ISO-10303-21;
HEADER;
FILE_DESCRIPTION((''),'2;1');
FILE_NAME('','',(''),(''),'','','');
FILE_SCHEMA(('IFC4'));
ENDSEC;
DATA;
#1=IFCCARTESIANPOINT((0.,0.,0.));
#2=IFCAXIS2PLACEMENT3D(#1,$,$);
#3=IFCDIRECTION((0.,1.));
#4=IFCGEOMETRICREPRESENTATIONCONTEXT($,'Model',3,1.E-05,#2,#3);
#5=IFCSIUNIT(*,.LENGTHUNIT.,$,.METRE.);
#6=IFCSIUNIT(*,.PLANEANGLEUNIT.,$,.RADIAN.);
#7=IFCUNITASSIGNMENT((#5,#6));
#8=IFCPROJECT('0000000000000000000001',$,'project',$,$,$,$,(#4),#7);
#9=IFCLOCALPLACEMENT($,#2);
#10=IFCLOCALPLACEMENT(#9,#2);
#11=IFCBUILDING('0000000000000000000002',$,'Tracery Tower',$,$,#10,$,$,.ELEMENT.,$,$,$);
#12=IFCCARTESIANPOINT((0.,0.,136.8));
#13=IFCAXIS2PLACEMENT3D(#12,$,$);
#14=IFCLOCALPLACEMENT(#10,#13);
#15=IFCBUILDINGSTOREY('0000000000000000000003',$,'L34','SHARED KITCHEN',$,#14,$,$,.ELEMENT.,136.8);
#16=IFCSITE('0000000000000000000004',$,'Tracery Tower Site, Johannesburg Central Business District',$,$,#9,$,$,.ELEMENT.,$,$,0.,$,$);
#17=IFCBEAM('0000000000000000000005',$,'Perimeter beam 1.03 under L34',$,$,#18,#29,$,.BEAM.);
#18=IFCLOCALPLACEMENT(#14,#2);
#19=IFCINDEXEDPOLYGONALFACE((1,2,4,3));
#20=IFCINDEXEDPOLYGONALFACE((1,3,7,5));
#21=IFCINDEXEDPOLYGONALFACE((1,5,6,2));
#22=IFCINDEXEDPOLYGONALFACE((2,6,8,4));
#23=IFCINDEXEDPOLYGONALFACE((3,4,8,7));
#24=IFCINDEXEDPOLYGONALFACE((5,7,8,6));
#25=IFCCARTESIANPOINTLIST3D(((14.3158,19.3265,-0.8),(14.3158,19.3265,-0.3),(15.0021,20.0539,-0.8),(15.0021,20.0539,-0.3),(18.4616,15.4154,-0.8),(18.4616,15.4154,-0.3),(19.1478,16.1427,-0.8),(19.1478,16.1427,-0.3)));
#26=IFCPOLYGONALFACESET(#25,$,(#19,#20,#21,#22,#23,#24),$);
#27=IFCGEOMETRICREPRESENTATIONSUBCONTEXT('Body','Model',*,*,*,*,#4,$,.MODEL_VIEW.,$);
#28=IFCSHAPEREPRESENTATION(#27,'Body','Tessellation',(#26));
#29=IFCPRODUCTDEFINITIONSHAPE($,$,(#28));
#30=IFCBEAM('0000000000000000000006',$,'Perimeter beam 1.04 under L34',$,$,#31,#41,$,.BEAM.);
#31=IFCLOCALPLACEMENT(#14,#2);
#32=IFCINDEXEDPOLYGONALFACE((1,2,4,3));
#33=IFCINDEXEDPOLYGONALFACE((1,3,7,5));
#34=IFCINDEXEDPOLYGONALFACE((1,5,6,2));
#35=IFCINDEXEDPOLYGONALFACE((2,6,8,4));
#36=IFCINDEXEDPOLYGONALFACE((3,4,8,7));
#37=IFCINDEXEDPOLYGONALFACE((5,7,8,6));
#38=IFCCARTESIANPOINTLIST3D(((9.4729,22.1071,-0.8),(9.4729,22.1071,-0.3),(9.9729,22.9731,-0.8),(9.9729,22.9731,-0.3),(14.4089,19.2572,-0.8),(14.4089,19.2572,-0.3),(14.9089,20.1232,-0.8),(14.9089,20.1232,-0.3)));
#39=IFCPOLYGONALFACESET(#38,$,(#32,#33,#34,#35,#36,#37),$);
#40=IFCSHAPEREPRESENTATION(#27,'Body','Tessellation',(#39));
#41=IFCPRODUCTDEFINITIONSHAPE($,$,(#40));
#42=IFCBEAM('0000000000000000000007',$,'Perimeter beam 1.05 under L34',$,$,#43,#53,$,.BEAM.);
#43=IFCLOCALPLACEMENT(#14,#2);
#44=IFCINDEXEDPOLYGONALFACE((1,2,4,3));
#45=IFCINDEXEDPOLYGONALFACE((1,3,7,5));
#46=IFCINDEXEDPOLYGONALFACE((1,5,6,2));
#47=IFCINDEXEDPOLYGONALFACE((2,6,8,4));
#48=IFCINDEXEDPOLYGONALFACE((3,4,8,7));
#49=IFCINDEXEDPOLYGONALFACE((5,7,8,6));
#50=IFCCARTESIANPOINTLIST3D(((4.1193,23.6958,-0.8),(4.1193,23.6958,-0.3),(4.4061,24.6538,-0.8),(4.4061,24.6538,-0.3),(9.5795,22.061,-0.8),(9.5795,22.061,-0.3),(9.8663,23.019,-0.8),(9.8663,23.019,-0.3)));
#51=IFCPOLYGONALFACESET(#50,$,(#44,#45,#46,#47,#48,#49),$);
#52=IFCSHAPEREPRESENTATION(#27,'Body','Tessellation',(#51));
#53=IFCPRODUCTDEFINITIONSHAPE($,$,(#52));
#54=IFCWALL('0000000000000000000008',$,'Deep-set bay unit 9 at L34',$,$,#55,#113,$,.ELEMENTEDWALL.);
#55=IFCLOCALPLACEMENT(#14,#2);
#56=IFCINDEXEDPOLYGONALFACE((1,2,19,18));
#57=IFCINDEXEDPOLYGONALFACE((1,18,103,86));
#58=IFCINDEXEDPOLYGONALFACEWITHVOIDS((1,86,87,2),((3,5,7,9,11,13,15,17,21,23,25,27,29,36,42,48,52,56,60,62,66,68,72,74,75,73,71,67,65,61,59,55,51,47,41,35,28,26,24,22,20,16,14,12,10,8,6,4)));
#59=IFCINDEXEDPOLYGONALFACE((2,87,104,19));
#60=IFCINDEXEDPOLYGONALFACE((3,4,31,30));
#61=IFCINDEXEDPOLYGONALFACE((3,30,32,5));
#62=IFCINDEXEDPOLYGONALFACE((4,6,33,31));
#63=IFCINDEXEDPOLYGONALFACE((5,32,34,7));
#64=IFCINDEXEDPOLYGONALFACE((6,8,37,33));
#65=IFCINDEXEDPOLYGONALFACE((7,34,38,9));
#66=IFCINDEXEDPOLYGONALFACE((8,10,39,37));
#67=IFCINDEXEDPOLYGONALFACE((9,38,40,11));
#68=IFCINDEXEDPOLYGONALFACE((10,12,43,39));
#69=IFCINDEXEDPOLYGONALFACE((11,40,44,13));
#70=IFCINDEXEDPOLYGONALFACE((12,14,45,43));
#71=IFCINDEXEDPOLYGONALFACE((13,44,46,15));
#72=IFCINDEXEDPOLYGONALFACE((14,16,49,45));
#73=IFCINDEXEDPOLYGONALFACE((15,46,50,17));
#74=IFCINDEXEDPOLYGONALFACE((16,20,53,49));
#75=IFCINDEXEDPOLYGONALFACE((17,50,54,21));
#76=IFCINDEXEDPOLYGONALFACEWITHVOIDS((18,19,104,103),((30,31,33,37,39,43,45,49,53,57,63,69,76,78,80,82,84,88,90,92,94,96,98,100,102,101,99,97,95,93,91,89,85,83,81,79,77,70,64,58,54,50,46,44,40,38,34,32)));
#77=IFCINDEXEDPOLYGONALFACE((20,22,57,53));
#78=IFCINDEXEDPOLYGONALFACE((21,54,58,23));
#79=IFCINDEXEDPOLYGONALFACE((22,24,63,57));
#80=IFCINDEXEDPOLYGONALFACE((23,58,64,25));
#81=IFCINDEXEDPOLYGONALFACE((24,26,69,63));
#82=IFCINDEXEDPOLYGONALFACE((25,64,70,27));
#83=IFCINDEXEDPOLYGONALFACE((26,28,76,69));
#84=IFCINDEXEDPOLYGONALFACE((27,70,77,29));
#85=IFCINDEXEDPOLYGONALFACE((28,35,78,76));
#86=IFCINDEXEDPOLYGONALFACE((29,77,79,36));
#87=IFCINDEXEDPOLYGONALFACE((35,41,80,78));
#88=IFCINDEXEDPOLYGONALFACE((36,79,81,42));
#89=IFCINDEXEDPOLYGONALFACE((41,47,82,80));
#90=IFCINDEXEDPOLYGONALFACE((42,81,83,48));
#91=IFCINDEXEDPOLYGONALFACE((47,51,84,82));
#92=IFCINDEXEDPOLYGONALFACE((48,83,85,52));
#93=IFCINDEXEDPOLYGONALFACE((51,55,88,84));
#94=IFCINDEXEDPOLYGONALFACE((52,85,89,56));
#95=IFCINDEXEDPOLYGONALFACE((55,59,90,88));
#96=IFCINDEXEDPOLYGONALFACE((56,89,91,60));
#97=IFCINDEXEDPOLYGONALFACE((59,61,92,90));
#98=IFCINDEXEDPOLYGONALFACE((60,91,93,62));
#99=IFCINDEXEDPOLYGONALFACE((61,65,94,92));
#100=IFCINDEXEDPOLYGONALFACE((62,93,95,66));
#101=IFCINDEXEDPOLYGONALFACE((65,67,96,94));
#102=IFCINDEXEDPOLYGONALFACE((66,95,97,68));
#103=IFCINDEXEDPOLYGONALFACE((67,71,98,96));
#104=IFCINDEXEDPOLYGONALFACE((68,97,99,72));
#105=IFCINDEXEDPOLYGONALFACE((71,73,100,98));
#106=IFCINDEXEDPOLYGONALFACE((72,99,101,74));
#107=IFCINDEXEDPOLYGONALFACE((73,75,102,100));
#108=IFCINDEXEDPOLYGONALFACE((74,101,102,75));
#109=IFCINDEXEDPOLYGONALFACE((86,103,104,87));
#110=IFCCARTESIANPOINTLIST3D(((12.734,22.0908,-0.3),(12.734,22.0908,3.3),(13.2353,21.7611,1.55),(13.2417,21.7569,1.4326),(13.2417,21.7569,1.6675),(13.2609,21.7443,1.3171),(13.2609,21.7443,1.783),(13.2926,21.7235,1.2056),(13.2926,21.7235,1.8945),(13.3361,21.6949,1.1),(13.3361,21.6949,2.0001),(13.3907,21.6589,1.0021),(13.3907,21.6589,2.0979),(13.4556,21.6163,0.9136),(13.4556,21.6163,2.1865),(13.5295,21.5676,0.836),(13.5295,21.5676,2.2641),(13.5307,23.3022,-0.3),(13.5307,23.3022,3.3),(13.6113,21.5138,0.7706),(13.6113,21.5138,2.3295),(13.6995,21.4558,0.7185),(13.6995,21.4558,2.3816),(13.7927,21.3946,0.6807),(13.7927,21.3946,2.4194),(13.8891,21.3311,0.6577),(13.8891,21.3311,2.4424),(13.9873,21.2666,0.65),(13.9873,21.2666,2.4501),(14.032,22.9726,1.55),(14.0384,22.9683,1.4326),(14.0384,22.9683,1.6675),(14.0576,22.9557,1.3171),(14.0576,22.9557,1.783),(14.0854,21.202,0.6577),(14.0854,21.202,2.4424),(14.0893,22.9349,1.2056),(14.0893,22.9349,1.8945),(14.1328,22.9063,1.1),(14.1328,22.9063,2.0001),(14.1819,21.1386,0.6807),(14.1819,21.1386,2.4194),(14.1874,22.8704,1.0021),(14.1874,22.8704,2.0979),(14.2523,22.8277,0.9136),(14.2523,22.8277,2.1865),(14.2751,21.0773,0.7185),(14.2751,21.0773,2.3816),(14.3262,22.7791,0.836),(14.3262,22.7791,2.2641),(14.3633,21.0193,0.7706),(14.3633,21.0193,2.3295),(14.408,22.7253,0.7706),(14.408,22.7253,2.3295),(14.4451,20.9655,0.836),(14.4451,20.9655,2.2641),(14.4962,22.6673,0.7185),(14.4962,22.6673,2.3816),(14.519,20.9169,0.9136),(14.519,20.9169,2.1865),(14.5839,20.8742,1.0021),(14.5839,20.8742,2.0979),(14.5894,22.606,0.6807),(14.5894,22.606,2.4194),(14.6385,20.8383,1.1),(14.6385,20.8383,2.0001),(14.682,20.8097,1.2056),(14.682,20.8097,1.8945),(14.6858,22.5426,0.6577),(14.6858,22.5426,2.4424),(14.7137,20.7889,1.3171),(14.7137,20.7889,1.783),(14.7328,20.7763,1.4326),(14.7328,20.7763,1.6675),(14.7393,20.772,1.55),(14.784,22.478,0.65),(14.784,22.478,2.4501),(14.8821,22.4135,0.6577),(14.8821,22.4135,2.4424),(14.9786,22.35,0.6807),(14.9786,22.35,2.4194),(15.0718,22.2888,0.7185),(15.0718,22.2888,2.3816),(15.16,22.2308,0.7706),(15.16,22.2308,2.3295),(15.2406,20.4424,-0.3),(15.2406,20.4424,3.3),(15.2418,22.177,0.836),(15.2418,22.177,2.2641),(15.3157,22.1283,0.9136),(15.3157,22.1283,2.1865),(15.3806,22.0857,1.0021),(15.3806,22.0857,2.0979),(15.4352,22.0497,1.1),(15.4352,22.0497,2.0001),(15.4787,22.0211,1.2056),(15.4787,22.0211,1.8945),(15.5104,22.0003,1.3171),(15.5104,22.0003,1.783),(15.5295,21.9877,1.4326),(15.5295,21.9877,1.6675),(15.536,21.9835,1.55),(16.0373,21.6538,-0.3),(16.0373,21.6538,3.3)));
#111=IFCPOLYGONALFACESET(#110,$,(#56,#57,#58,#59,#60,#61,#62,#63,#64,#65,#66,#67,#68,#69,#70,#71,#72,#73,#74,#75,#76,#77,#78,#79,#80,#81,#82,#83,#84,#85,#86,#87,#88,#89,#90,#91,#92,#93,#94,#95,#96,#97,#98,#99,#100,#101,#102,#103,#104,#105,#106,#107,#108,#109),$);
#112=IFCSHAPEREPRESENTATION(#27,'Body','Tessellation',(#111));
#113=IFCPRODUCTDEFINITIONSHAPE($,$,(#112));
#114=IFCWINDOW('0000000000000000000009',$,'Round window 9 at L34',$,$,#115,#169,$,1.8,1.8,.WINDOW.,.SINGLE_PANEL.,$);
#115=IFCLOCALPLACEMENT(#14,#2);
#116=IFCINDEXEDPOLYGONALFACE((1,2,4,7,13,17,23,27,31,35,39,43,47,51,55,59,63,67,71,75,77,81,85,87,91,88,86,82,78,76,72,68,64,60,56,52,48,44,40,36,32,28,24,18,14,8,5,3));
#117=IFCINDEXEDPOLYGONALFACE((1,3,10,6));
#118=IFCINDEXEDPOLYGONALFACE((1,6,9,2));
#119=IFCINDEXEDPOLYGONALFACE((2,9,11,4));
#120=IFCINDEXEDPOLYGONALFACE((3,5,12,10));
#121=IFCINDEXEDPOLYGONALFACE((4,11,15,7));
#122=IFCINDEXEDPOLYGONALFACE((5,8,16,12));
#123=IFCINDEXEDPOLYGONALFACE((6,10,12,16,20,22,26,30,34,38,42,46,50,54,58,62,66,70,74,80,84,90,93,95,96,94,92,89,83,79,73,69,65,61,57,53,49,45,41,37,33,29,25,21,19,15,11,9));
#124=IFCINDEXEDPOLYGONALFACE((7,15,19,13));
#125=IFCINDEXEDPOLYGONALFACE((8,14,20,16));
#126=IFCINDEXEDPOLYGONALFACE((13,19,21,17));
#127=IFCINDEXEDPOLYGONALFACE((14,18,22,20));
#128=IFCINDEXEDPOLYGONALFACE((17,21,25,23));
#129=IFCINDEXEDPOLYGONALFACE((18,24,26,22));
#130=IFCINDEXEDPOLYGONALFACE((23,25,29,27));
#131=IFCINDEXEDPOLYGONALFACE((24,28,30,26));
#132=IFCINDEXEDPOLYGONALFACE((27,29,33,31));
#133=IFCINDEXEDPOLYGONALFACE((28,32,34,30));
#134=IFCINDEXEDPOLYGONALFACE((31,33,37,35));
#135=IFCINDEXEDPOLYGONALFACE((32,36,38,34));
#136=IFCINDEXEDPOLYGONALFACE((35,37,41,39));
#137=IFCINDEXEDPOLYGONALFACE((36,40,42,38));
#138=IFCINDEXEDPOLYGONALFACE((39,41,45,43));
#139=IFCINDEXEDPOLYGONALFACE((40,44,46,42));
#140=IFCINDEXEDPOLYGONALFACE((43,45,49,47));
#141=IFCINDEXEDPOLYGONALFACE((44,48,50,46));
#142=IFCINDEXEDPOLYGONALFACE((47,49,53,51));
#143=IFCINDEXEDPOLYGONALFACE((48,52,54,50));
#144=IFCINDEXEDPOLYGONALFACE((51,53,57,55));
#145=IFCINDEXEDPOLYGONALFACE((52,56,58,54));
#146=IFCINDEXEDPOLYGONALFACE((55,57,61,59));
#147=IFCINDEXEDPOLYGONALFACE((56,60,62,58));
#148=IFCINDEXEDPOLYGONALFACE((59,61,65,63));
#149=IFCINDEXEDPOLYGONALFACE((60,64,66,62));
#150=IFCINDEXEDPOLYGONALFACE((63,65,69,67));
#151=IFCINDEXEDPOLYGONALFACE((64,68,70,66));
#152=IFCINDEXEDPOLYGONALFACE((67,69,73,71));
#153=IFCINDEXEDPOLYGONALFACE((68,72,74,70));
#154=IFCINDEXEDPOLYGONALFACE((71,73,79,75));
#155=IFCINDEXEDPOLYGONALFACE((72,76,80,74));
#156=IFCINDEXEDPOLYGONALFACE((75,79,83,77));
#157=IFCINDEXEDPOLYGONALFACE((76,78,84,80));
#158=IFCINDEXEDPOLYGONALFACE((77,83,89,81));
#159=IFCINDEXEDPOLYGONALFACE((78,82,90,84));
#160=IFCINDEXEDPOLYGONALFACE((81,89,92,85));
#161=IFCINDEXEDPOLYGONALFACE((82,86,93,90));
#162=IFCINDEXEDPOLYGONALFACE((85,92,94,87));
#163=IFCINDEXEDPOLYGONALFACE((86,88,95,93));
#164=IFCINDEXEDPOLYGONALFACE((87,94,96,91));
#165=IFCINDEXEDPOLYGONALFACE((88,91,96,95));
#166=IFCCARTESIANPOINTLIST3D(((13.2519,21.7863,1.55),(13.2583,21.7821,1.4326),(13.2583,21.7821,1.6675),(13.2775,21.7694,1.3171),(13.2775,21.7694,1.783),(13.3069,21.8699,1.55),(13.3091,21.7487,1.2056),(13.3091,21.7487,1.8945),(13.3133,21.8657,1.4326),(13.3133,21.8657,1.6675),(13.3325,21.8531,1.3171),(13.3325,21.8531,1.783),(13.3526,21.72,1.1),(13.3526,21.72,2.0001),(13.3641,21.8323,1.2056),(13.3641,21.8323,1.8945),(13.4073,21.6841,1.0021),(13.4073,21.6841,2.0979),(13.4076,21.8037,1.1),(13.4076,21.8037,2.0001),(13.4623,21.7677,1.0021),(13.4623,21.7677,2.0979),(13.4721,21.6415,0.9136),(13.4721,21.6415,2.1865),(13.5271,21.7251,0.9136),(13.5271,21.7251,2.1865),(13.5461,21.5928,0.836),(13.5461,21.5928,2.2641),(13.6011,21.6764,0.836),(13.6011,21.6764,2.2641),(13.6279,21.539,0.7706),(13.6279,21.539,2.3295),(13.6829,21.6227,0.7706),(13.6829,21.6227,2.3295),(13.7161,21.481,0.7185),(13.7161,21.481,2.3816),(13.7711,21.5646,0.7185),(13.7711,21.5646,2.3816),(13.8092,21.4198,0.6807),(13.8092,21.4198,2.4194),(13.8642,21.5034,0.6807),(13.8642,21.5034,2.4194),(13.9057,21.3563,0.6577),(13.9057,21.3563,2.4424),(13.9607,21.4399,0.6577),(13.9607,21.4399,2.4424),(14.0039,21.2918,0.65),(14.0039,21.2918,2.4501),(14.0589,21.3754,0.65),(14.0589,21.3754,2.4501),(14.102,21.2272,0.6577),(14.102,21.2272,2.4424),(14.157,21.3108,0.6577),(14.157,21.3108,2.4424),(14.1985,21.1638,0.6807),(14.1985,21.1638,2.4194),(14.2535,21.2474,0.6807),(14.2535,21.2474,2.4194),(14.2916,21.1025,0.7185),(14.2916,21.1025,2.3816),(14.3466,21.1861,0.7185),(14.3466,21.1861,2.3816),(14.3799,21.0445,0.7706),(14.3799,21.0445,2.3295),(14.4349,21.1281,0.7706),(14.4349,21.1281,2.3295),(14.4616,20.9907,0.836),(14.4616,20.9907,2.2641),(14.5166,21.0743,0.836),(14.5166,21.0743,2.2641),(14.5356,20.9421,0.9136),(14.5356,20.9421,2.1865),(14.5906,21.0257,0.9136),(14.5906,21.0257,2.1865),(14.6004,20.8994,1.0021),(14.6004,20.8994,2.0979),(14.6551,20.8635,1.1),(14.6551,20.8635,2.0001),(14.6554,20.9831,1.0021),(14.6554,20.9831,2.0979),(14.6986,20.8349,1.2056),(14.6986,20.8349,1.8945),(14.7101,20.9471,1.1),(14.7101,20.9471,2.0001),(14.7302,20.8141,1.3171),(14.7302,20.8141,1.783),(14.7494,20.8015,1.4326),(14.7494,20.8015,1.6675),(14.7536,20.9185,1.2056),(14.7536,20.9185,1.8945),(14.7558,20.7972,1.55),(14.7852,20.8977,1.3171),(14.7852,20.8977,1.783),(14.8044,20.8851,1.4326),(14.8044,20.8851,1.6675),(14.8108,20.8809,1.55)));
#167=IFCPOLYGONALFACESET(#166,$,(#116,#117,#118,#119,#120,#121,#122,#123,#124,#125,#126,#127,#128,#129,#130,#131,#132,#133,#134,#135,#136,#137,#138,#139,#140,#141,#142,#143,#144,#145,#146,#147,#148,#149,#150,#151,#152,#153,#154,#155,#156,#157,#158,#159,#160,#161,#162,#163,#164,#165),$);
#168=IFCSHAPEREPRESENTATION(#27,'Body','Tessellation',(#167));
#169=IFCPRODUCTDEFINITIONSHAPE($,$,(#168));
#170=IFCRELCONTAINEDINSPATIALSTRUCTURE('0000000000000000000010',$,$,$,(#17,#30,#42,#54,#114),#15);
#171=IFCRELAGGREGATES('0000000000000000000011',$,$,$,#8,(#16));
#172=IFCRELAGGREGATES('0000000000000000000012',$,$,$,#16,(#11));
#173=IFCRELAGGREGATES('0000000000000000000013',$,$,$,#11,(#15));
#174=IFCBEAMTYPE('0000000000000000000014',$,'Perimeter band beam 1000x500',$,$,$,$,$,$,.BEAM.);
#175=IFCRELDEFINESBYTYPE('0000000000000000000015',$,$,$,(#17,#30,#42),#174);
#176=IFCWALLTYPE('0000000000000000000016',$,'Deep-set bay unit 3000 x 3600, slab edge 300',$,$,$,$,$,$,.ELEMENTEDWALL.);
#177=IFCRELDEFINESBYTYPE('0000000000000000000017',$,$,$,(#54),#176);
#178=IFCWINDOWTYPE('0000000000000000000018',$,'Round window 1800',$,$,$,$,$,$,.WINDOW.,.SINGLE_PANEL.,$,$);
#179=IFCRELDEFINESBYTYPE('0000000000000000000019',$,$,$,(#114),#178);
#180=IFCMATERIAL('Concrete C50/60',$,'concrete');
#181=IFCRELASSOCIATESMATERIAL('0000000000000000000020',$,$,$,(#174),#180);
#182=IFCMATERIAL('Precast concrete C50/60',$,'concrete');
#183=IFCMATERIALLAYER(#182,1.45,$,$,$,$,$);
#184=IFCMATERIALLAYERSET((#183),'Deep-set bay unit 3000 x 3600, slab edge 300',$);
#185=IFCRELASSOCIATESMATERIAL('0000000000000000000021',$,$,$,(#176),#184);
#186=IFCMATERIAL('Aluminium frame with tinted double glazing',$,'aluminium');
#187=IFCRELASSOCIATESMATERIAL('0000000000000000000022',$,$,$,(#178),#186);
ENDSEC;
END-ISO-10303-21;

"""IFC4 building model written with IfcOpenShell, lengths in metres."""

from ifc_helpers import new_model, si_unit, direction, frame, frame_2d, origin, origin_2d, place, context, subcontext, project, spatial, rectangle, circle, extrude, material, layer, layer_set, material_profile, profile_set, type_object, element, fill, save


model = new_model("IFC4")

# Units and contexts
model_context = context("Model", 3, precision=1e-05, world=origin(), true_north=direction((0.0, 1.0)))
body_context = subcontext(model_context, "Body", "Model", "MODEL_VIEW")
ifc_project = project(units=[si_unit("LENGTHUNIT", "METRE"), si_unit("PLANEANGLEUNIT", "RADIAN")], contexts=[model_context])

# Site, building, storey
site_placement = place(None, origin())
site = spatial("IfcSite", under=ifc_project, at=site_placement, Name="Tracery Tower Site, Johannesburg Central Business District", CompositionType="ELEMENT", RefElevation=0.0)
building_placement = place(site_placement, origin())
building = spatial("IfcBuilding", under=site, at=building_placement, Name="Tracery Tower", CompositionType="ELEMENT")
storey_placement = place(building_placement, frame((0.0, 0.0, 136.8)))
storey = spatial("IfcBuildingStorey", under=building, at=storey_placement, Name="L34", Description="SHARED KITCHEN", CompositionType="ELEMENT", Elevation=136.8)

# Beams
ifc_material_1 = material(Name="Concrete C50/60", Category="concrete")
ifc_material_profile_1 = material_profile(ifc_material_1, rectangle(XDim=1.0, YDim=0.5, at=origin_2d()), Name="RC 1000x500")
ifc_profile_set_1 = profile_set([ifc_material_profile_1], Name="Concrete C50/60")
beam_type = type_object("IfcBeamType", Name="Perimeter band beam 1000x500", PredefinedType="BEAM", material=ifc_profile_set_1)
beam_placement = place(storey_placement, frame((18.8047, 15.7791, -0.55), z_axis=(-0.72739, 0.686225, 0.0), x_axis=(-0.686225, -0.72739, 0.0)))
element("IfcBeam", 1, at=beam_placement, inside=storey, type_object=beam_type, Name="Perimeter beam 1.03 under L34", PredefinedType="BEAM", context=body_context, shape_type="SweptSolid", body=[
    extrude(rectangle(XDim=1.0, YDim=0.5, at=origin_2d()), origin(), (0.0, 0.0, 1.0), 5.6995),
])
for number, where, z_axis, x_axis, name in (
    (2, (14.6589, 19.6902, -0.55), (-0.866023, 0.500004, 0.0), (-0.500004, -0.866023, 0.0), "Perimeter beam 1.04 under L34"),
    (3, (9.7229, 22.54, -0.55), (-0.957985, 0.286817, 0.0), (-0.286817, -0.957985, 0.0), "Perimeter beam 1.05 under L34"),
):
    element("IfcBeam", number, at=place(storey_placement, frame(where, z_axis=z_axis, x_axis=x_axis)), inside=storey, type_object=beam_type, Name=name, PredefinedType="BEAM", context=body_context, shape_type="SweptSolid", body=[
        extrude(rectangle(XDim=1.0, YDim=0.5, at=origin_2d()), origin(), (0.0, 0.0, 1.0), 5.6997),
    ])

# Wall, opening, window
ifc_material_2 = material(Name="Precast concrete C50/60", Category="concrete")
ifc_layer_1 = layer(ifc_material_2, 1.45)
ifc_layer_set_1 = layer_set([ifc_layer_1], Name="Deep-set bay unit 3000 x 3600, slab edge 300")
wall_type_1 = type_object("IfcWallType", Name="Deep-set bay unit 3000 x 3600, slab edge 300", PredefinedType="ELEMENTEDWALL", material=ifc_layer_set_1)
wall_1_placement = place(storey_placement, frame((15.6389, 21.0481, -0.3), z_axis=(0.0, 0.0, 1.0), x_axis=(-0.835514, 0.549469, 0.0)))
wall_1 = element("IfcWall", 4, at=wall_1_placement, inside=storey, type_object=wall_type_1, Name="Deep-set bay unit 9 at L34", PredefinedType="ELEMENTEDWALL", context=body_context, shape_type="SweptSolid", body=[
    extrude(rectangle(XDim=3.0, YDim=1.45, at=frame_2d((1.5, 0.0))), origin(), (0.0, 0.0, 1.0), 3.6001),
])
opening_1_placement = place(wall_1_placement, frame((1.5, 0.0, 1.8501)))
opening_1 = element("IfcOpeningElement", 5, at=opening_1_placement, cuts=wall_1, PredefinedType="OPENING", context=body_context, shape_type="SweptSolid", body=[
    extrude(circle(Radius=0.9, at=origin_2d()), frame((0.0, 0.7349, 0.0), z_axis=(0.0, -1.0, 0.0), x_axis=(1.0, 0.0, 0.0)), (0.0, 0.0, 1.0), 1.47),
])
ifc_material_3 = material(Name="Aluminium frame with tinted double glazing", Category="aluminium")
window_type = type_object("IfcWindowType", Name="Round window 1800", PartitioningType="SINGLE_PANEL", PredefinedType="WINDOW", material=ifc_material_3)
window_1_placement = place(opening_1_placement, origin())
window_1 = element("IfcWindow", 6, at=window_1_placement, inside=storey, type_object=window_type, Name="Round window 9 at L34", OverallHeight=1.8, OverallWidth=1.8, PartitioningType="SINGLE_PANEL", PredefinedType="WINDOW", context=body_context, shape_type="SweptSolid", body=[
    extrude(circle(Radius=0.9, at=origin_2d()), frame((0.0, 0.6948, 0.0), z_axis=(0.0, -1.0, 0.0), x_axis=(1.0, 0.0, 0.0)), (0.0, 0.0, 1.0), 0.1001),
])
fill(opening_1, window_1)

save(model, "model.ifc")
